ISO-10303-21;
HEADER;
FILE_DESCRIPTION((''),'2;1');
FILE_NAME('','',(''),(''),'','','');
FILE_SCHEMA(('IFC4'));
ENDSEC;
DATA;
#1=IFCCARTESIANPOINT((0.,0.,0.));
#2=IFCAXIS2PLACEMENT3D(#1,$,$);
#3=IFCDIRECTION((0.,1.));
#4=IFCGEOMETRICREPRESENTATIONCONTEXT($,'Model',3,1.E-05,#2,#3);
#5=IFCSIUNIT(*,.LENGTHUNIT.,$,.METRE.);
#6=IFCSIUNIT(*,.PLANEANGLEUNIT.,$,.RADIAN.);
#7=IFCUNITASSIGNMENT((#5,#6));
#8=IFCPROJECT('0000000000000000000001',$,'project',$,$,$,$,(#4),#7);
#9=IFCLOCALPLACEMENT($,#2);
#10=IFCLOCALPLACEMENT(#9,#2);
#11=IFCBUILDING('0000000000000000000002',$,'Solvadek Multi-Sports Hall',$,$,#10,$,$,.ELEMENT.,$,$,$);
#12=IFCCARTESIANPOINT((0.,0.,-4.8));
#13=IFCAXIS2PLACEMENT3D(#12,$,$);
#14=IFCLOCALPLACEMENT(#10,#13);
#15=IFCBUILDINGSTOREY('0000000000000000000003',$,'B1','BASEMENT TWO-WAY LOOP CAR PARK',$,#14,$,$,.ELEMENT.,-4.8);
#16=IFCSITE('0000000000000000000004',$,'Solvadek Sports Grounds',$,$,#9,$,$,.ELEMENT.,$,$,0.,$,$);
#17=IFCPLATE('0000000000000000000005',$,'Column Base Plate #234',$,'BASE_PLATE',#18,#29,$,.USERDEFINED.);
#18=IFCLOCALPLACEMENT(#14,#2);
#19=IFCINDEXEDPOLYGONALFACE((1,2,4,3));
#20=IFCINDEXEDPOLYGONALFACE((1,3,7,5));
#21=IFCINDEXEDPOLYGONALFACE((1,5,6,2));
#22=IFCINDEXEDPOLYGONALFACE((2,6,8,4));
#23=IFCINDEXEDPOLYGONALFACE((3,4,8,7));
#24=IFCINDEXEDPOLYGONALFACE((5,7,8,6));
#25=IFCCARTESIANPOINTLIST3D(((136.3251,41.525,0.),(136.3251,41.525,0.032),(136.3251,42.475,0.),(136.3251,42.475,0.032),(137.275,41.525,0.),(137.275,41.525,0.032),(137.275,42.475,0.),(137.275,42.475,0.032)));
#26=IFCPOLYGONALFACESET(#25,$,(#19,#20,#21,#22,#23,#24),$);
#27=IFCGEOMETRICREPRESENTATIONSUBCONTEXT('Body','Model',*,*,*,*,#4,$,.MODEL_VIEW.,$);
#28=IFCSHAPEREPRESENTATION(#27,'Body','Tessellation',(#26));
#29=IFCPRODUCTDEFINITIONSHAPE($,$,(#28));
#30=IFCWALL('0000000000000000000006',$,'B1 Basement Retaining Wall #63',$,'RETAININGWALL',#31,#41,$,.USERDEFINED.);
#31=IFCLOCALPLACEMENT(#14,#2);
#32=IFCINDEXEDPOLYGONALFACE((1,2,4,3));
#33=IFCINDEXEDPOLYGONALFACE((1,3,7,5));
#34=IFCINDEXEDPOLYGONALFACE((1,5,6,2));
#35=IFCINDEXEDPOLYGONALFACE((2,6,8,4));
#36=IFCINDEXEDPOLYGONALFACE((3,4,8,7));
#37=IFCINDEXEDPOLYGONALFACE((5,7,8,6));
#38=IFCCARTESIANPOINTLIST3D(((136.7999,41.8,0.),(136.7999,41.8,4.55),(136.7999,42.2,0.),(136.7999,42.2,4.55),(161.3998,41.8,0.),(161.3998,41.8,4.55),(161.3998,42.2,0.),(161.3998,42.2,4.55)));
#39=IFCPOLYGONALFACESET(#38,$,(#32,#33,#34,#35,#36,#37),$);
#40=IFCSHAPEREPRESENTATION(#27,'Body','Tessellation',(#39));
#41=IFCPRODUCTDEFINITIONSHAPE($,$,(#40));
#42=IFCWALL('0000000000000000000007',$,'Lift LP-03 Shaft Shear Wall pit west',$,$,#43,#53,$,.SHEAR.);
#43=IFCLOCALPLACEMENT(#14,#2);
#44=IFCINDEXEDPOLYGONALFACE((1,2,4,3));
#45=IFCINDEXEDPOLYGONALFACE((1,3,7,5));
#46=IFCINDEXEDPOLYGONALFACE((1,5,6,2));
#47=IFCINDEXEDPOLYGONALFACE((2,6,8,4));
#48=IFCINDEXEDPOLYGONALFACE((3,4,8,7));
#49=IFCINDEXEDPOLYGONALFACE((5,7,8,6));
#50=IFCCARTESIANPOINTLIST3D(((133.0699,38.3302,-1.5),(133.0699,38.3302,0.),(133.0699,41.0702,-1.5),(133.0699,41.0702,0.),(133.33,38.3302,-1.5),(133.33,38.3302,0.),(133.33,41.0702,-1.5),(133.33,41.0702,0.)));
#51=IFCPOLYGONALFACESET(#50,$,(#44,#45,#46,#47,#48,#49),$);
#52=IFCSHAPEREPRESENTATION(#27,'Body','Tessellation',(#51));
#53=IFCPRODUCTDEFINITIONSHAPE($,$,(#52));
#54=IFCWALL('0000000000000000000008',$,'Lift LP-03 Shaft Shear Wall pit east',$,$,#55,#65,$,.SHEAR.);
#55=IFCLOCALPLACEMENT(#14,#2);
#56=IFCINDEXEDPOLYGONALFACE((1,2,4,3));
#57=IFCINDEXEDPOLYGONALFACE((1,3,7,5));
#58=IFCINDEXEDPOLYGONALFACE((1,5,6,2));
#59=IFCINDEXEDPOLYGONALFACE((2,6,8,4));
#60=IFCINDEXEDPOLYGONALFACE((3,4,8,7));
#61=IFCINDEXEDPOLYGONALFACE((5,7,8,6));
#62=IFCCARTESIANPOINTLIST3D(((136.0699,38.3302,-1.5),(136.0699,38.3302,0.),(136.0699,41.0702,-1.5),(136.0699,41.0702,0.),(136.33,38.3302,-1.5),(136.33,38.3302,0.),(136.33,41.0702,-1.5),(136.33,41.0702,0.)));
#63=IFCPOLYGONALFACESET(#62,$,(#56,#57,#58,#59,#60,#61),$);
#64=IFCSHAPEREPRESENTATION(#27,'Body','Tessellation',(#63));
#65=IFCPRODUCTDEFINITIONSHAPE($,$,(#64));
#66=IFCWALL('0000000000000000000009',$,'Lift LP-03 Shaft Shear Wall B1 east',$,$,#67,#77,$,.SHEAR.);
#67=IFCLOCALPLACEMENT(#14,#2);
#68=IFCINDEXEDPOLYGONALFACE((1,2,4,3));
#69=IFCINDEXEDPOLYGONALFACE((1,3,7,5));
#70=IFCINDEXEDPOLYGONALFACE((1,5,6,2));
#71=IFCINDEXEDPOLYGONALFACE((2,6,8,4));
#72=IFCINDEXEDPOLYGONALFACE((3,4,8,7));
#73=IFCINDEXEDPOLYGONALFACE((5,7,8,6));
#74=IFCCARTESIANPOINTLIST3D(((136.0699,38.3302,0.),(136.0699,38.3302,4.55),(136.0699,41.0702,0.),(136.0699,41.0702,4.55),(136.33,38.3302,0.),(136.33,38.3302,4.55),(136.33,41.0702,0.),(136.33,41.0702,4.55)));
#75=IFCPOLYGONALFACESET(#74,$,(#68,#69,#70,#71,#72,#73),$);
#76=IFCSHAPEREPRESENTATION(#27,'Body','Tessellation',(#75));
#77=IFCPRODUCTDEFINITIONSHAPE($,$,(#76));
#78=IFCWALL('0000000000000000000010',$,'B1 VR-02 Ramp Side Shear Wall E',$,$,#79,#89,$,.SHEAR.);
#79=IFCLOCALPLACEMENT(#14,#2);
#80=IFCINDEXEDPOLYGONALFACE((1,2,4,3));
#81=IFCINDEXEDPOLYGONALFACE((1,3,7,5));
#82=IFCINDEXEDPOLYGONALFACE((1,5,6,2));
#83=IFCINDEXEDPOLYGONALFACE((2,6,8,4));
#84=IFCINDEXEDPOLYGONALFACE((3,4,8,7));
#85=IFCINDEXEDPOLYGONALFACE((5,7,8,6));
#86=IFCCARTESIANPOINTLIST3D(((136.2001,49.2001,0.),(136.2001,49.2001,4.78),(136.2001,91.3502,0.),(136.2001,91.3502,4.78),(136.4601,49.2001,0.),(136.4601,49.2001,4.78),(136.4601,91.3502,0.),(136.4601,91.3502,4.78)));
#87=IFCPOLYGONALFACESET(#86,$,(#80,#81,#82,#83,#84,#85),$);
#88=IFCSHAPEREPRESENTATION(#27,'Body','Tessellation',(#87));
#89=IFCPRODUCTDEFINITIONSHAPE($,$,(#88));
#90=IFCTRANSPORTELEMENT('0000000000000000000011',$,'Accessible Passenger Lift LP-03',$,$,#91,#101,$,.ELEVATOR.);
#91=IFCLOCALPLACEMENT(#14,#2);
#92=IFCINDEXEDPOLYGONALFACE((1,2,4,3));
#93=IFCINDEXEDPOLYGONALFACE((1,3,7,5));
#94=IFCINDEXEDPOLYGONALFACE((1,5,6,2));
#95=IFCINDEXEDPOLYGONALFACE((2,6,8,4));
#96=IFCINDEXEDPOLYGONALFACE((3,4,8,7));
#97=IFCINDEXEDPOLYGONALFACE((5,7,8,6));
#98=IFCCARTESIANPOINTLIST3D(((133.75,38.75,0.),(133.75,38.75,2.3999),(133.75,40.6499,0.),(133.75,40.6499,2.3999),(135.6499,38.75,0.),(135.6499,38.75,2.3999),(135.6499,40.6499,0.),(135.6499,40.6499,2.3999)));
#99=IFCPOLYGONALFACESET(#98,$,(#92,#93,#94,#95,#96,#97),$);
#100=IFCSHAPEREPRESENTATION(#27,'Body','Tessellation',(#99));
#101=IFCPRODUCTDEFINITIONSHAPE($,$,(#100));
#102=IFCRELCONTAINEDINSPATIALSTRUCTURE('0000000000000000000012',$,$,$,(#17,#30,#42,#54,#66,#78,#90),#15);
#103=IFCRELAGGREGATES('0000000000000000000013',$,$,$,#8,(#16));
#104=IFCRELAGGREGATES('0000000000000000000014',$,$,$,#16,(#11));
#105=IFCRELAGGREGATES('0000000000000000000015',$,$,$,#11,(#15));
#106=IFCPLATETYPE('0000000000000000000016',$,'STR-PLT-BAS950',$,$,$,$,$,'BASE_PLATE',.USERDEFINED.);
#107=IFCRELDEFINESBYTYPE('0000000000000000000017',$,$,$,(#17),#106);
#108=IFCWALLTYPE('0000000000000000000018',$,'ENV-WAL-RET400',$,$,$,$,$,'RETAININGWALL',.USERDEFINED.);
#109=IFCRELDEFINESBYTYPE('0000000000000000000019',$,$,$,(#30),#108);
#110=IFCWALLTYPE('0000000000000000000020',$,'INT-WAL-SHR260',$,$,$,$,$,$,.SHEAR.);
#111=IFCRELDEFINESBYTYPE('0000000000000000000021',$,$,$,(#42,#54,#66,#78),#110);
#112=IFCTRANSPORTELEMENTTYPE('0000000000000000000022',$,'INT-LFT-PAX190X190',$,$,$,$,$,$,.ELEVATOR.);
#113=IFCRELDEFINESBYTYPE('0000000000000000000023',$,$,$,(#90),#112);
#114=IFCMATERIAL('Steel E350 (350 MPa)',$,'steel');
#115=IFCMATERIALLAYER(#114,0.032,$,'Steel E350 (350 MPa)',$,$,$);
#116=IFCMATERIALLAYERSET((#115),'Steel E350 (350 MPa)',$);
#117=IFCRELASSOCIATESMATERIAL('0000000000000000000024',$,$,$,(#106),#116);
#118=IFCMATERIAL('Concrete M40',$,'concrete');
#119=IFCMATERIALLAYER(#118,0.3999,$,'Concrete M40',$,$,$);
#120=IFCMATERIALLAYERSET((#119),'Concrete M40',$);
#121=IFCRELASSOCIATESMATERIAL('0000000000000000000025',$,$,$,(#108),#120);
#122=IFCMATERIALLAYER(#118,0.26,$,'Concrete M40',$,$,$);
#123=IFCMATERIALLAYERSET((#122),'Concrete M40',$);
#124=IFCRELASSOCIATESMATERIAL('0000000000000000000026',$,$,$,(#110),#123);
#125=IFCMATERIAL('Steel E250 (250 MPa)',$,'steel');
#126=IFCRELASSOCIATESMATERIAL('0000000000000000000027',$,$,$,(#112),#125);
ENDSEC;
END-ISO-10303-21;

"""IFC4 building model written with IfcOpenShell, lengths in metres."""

from ifc_helpers import new_model, si_unit, direction, frame, frame_2d, origin, origin_2d, place, context, subcontext, project, spatial, rectangle, extrude, material, layer, layer_set, type_object, element, save


model = new_model("IFC4")

# Units and contexts
model_context = context("Model", 3, precision=1e-05, world=origin(), true_north=direction((0.0, 1.0)))
body_context = subcontext(model_context, "Body", "Model", "MODEL_VIEW")
ifc_project = project(units=[si_unit("LENGTHUNIT", "METRE"), si_unit("PLANEANGLEUNIT", "RADIAN")], contexts=[model_context])

# Site, building, storey
site_placement = place(None, origin())
site = spatial("IfcSite", under=ifc_project, at=site_placement, Name="Solvadek Sports Grounds", CompositionType="ELEMENT", RefElevation=0.0)
building_placement = place(site_placement, origin())
building = spatial("IfcBuilding", under=site, at=building_placement, Name="Solvadek Multi-Sports Hall", CompositionType="ELEMENT")
storey_placement = place(building_placement, frame((0.0, 0.0, -4.8)))
storey = spatial("IfcBuildingStorey", under=building, at=storey_placement, Name="B1", Description="BASEMENT TWO-WAY LOOP CAR PARK", CompositionType="ELEMENT", Elevation=-4.8)

# Shared definitions
ifc_material_1 = material(Name="Concrete M40", Category="concrete")

# Shared definitions
ifc_material_2 = material(Name="Steel E350 (350 MPa)", Category="steel")

# Plate
ifc_layer_1 = layer(ifc_material_2, 0.032, Name="Steel E350 (350 MPa)")
ifc_layer_set_1 = layer_set([ifc_layer_1], Name="Steel E350 (350 MPa)")
plate_type = type_object("IfcPlateType", Name="STR-PLT-BAS950", ElementType="BASE_PLATE", PredefinedType="USERDEFINED", material=ifc_layer_set_1)
plate_placement = place(storey_placement, frame((136.8, 42.0, 0.0), z_axis=(0.0, 0.0, 1.0), x_axis=(1.0, 0.0, 0.0)))
element("IfcPlate", 1, at=plate_placement, inside=storey, type_object=plate_type, Name="Column Base Plate #234", ObjectType="BASE_PLATE", PredefinedType="USERDEFINED", context=body_context, shape_type="SweptSolid", body=[
    extrude(rectangle(XDim=0.95, YDim=0.95, at=origin_2d()), origin(), (0.0, 0.0, 1.0), 0.032),
])

# Walls
ifc_layer_2 = layer(ifc_material_1, 0.3999, Name="Concrete M40")
ifc_layer_set_2 = layer_set([ifc_layer_2], Name="Concrete M40")
wall_type_1 = type_object("IfcWallType", Name="ENV-WAL-RET400", ElementType="RETAININGWALL", PredefinedType="USERDEFINED", material=ifc_layer_set_2)
wall_1_placement = place(storey_placement, frame((136.8, 42.0, 0.0), z_axis=(0.0, 0.0, 1.0), x_axis=(1.0, 0.0, 0.0)))
element("IfcWall", 2, at=wall_1_placement, inside=storey, type_object=wall_type_1, Name="B1 Basement Retaining Wall #63", ObjectType="RETAININGWALL", PredefinedType="USERDEFINED", context=body_context, shape_type="SweptSolid", body=[
    extrude(rectangle(XDim=24.5999, YDim=0.3999, at=frame_2d((12.2998, 0.0))), origin(), (0.0, 0.0, 1.0), 4.55),
])
ifc_layer_3 = layer(ifc_material_1, 0.26, Name="Concrete M40")
ifc_layer_set_3 = layer_set([ifc_layer_3], Name="Concrete M40")
wall_type_2 = type_object("IfcWallType", Name="INT-WAL-SHR260", PredefinedType="SHEAR", material=ifc_layer_set_3)
for number, where, z_axis, x_axis, name in (
    (3, (133.2, 38.3301, -1.5), (0.0, 0.0, 1.0), (0.0, 1.0, 0.0), "Lift LP-03 Shaft Shear Wall pit west"),
    (4, (136.2, 38.3301, -1.5), (0.0, 0.0, 1.0), (0.0, 1.0, 0.0), "Lift LP-03 Shaft Shear Wall pit east"),
):
    element("IfcWall", number, at=place(storey_placement, frame(where, z_axis=z_axis, x_axis=x_axis)), inside=storey, type_object=wall_type_2, Name=name, PredefinedType="SHEAR", context=body_context, shape_type="SweptSolid", body=[
        extrude(rectangle(XDim=2.74, YDim=0.26, at=frame_2d((1.3701, 0.0))), origin(), (0.0, 0.0, 1.0), 1.5),
    ])

# Walls
wall_2_placement = place(storey_placement, frame((136.2, 38.3301, 0.0), z_axis=(0.0, 0.0, 1.0), x_axis=(0.0, 1.0, 0.0)))
element("IfcWall", 5, at=wall_2_placement, inside=storey, type_object=wall_type_2, Name="Lift LP-03 Shaft Shear Wall B1 east", PredefinedType="SHEAR", context=body_context, shape_type="SweptSolid", body=[
    extrude(rectangle(XDim=2.74, YDim=0.26, at=frame_2d((1.3701, 0.0))), origin(), (0.0, 0.0, 1.0), 4.55),
])
wall_3_placement = place(storey_placement, frame((136.3301, 49.2, 0.0), z_axis=(0.0, 0.0, 1.0), x_axis=(0.0, 1.0, 0.0)))
element("IfcWall", 6, at=wall_3_placement, inside=storey, type_object=wall_type_2, Name="B1 VR-02 Ramp Side Shear Wall E", PredefinedType="SHEAR", context=body_context, shape_type="SweptSolid", body=[
    extrude(rectangle(XDim=42.1501, YDim=0.26, at=frame_2d((21.0752, 0.0))), origin(), (0.0, 0.0, 1.0), 4.78),
])

# Transport element
ifc_material_3 = material(Name="Steel E250 (250 MPa)", Category="steel")
transport_element_type = type_object("IfcTransportElementType", Name="INT-LFT-PAX190X190", PredefinedType="ELEVATOR", material=ifc_material_3)
transport_element_placement = place(storey_placement, frame((134.7, 39.7, 0.0), z_axis=(0.0, 0.0, 1.0), x_axis=(1.0, 0.0, 0.0)))
element("IfcTransportElement", 7, at=transport_element_placement, inside=storey, type_object=transport_element_type, Name="Accessible Passenger Lift LP-03", PredefinedType="ELEVATOR", context=body_context, shape_type="SweptSolid", body=[
    extrude(rectangle(XDim=1.8999, YDim=1.8999, at=origin_2d()), origin(), (0.0, 0.0, 1.0), 2.3999),
])

save(model, "model.ifc")
